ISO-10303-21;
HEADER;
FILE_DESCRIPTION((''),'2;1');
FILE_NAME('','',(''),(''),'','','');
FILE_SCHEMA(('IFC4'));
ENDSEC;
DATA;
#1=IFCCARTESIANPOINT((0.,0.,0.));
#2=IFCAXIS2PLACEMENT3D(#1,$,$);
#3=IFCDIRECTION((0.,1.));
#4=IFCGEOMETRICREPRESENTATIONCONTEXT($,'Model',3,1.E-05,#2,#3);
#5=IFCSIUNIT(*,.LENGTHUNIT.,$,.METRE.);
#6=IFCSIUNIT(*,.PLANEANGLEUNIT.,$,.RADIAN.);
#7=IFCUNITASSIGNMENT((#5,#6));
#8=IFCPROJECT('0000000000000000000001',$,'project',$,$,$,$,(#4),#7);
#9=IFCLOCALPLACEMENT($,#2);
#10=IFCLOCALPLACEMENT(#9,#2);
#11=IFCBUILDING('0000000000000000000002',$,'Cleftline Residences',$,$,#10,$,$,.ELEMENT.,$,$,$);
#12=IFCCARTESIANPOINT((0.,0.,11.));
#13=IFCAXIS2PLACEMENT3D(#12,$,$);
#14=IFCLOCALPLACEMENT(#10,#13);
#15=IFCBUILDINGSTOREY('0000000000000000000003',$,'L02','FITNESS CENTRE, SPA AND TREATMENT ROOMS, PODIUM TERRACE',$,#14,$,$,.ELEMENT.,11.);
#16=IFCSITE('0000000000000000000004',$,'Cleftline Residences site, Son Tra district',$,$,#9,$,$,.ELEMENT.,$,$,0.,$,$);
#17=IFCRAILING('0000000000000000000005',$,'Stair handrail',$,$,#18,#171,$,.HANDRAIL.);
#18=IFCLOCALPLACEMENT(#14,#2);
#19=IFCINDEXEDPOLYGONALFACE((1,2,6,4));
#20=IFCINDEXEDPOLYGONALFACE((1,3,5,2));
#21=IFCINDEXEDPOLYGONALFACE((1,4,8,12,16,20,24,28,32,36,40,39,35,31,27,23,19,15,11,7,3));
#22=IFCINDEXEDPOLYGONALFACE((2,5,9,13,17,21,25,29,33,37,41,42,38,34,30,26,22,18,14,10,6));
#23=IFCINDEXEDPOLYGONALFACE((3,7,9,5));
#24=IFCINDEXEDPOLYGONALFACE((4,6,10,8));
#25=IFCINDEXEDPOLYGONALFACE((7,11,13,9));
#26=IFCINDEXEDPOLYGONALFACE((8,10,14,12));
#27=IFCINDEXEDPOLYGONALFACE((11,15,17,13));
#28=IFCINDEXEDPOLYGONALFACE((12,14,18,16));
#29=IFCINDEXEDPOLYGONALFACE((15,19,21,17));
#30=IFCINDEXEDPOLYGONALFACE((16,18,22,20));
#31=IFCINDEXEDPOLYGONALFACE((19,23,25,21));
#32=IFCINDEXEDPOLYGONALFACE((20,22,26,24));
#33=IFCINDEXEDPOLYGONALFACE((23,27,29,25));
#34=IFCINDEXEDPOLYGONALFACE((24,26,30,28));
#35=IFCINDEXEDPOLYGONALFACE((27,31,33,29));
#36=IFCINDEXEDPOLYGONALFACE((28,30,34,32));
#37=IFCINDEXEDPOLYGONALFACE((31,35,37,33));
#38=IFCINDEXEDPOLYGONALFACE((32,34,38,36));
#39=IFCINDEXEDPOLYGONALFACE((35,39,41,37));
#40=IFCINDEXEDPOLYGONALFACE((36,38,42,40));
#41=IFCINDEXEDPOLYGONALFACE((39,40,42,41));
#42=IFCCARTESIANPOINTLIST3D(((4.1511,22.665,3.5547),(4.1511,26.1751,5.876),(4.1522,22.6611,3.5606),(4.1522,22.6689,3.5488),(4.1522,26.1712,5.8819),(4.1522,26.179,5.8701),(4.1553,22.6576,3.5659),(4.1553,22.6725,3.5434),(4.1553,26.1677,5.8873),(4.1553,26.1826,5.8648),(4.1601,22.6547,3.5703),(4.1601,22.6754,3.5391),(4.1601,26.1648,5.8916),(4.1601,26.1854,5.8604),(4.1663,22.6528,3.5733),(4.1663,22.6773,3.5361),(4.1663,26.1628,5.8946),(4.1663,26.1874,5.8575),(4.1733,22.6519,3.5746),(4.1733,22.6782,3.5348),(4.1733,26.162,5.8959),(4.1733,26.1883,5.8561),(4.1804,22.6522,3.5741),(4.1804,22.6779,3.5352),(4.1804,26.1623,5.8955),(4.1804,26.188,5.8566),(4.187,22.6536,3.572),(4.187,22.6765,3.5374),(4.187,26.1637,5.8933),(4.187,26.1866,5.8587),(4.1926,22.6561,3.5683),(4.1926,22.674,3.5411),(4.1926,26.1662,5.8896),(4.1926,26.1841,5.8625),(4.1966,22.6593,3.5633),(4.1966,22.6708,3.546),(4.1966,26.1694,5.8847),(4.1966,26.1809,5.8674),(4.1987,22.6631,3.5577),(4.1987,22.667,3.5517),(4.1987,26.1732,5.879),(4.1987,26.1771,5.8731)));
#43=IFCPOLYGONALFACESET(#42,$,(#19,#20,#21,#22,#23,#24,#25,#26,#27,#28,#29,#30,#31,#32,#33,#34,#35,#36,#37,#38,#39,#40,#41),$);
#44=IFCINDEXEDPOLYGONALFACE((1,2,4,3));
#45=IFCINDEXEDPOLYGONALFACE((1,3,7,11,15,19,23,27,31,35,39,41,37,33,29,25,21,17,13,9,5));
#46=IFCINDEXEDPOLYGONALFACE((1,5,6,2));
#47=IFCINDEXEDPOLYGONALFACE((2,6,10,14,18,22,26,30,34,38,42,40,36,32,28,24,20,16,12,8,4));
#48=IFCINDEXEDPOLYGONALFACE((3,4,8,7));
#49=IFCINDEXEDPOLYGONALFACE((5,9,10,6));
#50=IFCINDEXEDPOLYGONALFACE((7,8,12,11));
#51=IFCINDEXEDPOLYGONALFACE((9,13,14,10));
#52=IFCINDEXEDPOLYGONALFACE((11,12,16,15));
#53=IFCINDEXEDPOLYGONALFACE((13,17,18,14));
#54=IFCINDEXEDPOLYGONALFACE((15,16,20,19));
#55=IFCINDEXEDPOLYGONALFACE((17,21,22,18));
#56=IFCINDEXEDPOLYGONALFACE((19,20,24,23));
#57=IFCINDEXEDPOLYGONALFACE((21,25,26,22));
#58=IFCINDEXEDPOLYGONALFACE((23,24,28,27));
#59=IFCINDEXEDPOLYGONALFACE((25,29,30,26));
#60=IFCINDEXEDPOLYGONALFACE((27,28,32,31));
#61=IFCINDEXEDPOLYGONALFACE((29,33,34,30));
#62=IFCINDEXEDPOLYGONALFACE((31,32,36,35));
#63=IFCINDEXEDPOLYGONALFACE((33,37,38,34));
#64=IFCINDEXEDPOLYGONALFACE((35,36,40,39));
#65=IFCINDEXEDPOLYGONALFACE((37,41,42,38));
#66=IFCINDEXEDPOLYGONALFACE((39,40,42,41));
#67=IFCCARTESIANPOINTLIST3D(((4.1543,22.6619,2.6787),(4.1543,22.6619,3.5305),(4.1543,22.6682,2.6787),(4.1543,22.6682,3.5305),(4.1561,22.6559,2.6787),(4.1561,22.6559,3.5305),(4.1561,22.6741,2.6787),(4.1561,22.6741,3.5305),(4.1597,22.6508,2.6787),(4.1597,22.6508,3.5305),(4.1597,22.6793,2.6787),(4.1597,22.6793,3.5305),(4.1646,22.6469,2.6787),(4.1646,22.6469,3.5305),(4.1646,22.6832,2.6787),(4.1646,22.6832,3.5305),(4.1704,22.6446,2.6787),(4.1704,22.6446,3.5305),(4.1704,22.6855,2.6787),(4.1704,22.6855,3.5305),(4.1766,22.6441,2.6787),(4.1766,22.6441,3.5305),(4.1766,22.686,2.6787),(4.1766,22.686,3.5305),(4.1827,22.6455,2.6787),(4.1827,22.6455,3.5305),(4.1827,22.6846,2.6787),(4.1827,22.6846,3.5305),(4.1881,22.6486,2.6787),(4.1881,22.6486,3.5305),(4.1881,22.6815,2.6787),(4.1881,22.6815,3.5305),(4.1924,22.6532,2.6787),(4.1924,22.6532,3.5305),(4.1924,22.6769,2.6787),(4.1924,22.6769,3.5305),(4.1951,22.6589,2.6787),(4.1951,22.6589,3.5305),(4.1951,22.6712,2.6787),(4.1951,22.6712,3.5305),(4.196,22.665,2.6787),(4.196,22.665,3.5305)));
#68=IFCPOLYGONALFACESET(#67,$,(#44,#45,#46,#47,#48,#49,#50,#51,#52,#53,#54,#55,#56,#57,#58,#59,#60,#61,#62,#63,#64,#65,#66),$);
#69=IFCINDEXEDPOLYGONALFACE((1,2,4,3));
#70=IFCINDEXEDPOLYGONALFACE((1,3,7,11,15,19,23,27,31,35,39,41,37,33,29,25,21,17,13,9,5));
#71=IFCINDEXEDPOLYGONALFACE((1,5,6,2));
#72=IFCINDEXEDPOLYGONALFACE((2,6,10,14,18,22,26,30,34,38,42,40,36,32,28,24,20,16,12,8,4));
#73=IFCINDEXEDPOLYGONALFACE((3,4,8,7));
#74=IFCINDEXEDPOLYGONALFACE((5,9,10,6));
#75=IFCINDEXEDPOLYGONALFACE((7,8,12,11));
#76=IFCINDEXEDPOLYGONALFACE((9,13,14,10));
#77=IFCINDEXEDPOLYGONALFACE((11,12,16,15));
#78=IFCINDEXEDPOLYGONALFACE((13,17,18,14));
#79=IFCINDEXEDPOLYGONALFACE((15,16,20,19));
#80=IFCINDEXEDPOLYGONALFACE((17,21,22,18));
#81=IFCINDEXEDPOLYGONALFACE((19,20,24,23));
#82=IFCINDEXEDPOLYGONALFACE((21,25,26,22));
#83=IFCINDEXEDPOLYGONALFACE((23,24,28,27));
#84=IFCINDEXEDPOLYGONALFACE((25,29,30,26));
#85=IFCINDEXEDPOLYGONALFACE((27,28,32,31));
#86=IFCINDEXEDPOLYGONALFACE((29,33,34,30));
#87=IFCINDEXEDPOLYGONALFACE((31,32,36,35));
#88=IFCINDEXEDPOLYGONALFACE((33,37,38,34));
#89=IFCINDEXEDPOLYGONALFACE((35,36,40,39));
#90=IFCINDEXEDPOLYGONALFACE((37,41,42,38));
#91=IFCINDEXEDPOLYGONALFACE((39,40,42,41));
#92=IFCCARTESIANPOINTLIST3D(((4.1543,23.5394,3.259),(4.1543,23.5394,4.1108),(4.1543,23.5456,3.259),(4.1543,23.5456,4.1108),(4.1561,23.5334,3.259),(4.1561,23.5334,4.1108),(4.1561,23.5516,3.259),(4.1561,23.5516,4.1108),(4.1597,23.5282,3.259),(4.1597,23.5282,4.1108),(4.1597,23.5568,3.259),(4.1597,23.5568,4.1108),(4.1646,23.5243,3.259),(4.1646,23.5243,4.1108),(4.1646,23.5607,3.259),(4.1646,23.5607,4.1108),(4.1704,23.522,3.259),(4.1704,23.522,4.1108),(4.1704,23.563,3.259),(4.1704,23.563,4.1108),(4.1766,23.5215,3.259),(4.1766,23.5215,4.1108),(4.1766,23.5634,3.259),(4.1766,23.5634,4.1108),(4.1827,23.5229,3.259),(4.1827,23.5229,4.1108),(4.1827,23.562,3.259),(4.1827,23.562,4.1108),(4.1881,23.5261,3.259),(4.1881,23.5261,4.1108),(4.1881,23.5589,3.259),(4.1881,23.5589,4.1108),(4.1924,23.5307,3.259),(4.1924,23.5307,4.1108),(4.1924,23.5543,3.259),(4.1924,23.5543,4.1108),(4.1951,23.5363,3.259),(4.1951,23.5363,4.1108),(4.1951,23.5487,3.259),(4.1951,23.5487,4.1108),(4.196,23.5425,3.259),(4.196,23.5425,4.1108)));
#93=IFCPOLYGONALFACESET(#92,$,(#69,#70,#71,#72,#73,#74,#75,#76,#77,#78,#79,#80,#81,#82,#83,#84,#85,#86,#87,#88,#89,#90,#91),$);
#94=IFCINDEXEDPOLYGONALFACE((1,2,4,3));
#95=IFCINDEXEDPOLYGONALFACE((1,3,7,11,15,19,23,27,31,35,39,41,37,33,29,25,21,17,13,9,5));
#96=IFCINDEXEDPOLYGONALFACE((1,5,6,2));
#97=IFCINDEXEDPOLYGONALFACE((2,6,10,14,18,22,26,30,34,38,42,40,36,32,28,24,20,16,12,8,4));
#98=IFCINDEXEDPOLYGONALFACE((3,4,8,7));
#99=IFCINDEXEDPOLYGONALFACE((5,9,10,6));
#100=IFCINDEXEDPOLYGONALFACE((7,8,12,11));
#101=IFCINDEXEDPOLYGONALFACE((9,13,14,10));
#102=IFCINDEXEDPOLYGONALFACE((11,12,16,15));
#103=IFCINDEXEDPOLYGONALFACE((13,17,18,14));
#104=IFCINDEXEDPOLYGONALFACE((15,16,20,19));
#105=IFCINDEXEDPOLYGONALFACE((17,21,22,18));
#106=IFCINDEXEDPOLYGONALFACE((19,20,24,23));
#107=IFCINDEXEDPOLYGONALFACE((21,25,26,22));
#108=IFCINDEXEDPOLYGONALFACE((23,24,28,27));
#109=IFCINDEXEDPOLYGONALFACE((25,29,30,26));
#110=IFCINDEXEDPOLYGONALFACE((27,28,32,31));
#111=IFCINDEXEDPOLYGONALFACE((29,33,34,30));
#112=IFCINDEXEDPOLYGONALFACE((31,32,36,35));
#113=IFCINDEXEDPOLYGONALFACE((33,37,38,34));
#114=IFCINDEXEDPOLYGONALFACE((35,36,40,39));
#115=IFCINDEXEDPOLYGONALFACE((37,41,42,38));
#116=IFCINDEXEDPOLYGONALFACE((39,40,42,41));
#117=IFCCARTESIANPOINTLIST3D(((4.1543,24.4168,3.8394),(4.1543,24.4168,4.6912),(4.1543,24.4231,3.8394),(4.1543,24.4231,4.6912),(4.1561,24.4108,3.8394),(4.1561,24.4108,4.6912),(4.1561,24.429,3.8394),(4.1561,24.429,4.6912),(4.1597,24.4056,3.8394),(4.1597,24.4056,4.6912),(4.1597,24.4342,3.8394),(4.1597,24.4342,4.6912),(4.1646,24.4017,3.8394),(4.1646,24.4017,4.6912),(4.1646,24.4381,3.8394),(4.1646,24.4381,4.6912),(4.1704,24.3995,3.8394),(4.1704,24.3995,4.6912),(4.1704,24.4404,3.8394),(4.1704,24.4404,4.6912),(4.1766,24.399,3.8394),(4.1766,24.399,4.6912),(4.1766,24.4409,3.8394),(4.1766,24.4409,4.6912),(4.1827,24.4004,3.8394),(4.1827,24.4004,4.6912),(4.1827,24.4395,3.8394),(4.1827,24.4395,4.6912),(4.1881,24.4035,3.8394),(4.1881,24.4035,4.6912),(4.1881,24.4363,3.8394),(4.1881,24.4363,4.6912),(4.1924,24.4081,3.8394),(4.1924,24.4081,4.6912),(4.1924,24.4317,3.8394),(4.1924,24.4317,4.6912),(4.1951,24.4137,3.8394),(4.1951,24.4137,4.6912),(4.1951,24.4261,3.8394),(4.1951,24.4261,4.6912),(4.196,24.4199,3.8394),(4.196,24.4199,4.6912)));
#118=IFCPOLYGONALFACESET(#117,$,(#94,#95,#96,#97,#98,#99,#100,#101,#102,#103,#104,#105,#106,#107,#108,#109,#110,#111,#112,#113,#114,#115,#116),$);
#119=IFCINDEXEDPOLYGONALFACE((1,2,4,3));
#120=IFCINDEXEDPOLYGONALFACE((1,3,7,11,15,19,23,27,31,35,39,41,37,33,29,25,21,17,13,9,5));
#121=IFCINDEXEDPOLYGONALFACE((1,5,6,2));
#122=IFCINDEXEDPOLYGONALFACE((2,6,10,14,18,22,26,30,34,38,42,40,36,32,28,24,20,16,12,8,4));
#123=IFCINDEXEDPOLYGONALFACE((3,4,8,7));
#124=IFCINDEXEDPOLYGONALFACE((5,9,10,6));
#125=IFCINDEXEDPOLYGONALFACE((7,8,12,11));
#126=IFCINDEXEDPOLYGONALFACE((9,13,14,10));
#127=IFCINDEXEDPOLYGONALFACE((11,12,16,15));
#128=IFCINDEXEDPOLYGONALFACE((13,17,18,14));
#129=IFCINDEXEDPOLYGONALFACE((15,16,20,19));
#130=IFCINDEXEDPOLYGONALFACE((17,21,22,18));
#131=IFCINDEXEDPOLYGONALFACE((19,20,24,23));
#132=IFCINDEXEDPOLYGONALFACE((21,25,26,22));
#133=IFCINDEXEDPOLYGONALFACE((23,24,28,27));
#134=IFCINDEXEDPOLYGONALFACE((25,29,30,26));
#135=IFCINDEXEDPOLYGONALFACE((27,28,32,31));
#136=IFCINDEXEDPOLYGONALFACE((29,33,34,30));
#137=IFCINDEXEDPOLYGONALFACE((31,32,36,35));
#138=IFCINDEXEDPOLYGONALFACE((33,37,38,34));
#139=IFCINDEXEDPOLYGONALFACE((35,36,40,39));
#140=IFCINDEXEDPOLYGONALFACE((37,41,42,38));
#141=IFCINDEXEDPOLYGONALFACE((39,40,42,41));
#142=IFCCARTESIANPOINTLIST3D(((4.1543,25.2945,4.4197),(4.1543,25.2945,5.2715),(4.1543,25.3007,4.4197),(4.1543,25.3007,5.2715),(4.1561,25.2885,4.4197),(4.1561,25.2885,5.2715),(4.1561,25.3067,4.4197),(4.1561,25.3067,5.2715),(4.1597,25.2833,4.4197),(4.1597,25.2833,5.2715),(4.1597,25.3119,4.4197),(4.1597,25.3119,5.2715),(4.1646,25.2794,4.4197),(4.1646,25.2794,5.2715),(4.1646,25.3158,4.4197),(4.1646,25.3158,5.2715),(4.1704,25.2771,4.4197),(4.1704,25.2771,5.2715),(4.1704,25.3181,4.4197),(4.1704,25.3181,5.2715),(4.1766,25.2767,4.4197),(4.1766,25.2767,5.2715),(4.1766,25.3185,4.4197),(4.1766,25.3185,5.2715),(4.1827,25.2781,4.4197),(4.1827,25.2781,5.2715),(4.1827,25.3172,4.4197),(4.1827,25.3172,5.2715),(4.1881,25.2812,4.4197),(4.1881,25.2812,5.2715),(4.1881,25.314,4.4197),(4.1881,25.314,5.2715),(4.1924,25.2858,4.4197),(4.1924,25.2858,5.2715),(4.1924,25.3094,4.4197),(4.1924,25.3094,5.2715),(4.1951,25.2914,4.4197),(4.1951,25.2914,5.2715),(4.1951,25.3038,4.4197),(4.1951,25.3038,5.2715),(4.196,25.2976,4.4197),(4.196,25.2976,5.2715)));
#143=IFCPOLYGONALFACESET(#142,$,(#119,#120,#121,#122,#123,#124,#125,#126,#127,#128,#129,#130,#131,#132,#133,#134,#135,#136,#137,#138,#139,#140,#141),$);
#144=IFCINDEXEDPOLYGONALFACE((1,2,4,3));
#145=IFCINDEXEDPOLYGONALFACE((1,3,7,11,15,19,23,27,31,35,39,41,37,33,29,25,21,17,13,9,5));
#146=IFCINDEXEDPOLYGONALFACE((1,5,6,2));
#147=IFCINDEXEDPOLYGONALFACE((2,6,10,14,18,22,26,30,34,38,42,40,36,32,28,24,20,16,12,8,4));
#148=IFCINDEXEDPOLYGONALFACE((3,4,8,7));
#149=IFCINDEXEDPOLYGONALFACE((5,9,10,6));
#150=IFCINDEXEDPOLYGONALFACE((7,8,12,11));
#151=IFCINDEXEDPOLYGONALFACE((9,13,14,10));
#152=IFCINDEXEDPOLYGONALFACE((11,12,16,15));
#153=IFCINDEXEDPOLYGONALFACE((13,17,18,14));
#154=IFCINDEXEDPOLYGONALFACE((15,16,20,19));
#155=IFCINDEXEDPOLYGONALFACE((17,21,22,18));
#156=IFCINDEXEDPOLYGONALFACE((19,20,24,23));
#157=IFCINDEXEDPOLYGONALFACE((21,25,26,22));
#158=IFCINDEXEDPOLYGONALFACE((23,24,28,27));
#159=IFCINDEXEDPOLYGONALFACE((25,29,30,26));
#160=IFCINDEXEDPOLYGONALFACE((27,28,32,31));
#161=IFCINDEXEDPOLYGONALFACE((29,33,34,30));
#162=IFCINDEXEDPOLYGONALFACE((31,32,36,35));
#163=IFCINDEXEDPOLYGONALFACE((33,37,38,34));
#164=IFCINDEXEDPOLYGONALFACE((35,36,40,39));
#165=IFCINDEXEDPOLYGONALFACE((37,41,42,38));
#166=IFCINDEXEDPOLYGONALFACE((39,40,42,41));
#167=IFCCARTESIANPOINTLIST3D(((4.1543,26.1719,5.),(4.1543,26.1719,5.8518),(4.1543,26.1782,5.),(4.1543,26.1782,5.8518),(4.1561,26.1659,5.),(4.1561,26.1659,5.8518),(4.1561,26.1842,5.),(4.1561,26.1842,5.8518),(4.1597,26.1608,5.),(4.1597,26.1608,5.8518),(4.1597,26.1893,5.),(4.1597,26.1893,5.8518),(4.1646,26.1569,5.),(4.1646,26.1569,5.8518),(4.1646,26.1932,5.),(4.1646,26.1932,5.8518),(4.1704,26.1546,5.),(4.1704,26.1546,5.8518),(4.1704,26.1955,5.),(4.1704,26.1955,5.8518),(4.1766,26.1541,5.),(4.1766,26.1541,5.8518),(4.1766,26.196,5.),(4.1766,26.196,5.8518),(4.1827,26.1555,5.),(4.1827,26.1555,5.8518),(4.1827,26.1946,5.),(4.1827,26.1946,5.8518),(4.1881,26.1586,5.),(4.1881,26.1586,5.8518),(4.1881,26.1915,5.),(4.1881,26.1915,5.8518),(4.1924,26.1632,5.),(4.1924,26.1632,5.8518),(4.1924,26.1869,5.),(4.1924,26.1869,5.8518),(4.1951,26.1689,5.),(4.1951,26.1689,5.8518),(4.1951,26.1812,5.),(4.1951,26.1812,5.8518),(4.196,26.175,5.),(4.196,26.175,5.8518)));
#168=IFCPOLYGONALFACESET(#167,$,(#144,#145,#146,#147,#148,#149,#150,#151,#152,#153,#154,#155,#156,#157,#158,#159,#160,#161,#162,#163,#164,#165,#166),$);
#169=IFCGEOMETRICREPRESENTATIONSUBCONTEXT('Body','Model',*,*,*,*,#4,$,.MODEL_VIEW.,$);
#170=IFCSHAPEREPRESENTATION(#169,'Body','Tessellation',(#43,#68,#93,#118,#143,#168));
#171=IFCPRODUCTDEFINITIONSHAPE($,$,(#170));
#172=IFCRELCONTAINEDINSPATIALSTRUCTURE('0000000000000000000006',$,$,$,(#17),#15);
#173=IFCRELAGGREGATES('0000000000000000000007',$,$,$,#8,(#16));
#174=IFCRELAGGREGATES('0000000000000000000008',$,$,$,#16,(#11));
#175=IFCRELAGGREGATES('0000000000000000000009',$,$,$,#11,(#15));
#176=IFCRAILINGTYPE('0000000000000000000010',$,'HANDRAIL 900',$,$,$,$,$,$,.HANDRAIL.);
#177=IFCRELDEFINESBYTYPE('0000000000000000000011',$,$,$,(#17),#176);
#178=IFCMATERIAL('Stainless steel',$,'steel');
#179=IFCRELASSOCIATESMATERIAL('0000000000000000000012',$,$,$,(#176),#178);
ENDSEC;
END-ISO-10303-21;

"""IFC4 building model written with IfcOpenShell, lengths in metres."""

from ifc_helpers import new_model, si_unit, direction, frame, origin, origin_2d, place, context, subcontext, project, spatial, circle, extrude, material, type_object, element, save


model = new_model("IFC4")

# Units and contexts
model_context = context("Model", 3, precision=1e-05, world=origin(), true_north=direction((0.0, 1.0)))
body_context = subcontext(model_context, "Body", "Model", "MODEL_VIEW")
ifc_project = project(units=[si_unit("LENGTHUNIT", "METRE"), si_unit("PLANEANGLEUNIT", "RADIAN")], contexts=[model_context])

# Site, building, storey
site_placement = place(None, origin())
site = spatial("IfcSite", under=ifc_project, at=site_placement, Name="Cleftline Residences site, Son Tra district", CompositionType="ELEMENT", RefElevation=0.0)
building_placement = place(site_placement, origin())
building = spatial("IfcBuilding", under=site, at=building_placement, Name="Cleftline Residences", CompositionType="ELEMENT")
storey_placement = place(building_placement, frame((0.0, 0.0, 11.0)))
storey = spatial("IfcBuildingStorey", under=building, at=storey_placement, Name="L02", Description="FITNESS CENTRE, SPA AND TREATMENT ROOMS, PODIUM TERRACE", CompositionType="ELEMENT", Elevation=11.0)

# Railing
ifc_material_1 = material(Name="Stainless steel", Category="steel")
railing_type = type_object("IfcRailingType", Name="HANDRAIL 900", PredefinedType="HANDRAIL", material=ifc_material_1)
railing_placement = place(storey_placement, frame((4.175, 22.665, 2.6787)))
element("IfcRailing", 1, at=railing_placement, inside=storey, type_object=railing_type, Name="Stair handrail", PredefinedType="HANDRAIL", context=body_context, shape_type="SweptSolid", body=[
    extrude(circle(Radius=0.0239, at=origin_2d()), frame((0.0, 0.0, 0.876), z_axis=(0.0, 0.834097, 0.551617), x_axis=(-1.0, 0.0, 0.0)), (0.0, 0.0, 1.0), 4.2083),
    extrude(circle(Radius=0.021, at=origin_2d()), origin(), (0.0, 0.0, 1.0), 0.8518),
    extrude(circle(Radius=0.021, at=origin_2d()), frame((0.0, 0.8774, 0.5803)), (0.0, 0.0, 1.0), 0.8518),
    extrude(circle(Radius=0.021, at=origin_2d()), frame((0.0, 1.7549, 1.1606)), (0.0, 0.0, 1.0), 0.8518),
    extrude(circle(Radius=0.021, at=origin_2d()), frame((0.0, 2.6326, 1.741)), (0.0, 0.0, 1.0), 0.8518),
    extrude(circle(Radius=0.021, at=origin_2d()), frame((0.0, 3.51, 2.3213)), (0.0, 0.0, 1.0), 0.8518),
])

save(model, "model.ifc")
